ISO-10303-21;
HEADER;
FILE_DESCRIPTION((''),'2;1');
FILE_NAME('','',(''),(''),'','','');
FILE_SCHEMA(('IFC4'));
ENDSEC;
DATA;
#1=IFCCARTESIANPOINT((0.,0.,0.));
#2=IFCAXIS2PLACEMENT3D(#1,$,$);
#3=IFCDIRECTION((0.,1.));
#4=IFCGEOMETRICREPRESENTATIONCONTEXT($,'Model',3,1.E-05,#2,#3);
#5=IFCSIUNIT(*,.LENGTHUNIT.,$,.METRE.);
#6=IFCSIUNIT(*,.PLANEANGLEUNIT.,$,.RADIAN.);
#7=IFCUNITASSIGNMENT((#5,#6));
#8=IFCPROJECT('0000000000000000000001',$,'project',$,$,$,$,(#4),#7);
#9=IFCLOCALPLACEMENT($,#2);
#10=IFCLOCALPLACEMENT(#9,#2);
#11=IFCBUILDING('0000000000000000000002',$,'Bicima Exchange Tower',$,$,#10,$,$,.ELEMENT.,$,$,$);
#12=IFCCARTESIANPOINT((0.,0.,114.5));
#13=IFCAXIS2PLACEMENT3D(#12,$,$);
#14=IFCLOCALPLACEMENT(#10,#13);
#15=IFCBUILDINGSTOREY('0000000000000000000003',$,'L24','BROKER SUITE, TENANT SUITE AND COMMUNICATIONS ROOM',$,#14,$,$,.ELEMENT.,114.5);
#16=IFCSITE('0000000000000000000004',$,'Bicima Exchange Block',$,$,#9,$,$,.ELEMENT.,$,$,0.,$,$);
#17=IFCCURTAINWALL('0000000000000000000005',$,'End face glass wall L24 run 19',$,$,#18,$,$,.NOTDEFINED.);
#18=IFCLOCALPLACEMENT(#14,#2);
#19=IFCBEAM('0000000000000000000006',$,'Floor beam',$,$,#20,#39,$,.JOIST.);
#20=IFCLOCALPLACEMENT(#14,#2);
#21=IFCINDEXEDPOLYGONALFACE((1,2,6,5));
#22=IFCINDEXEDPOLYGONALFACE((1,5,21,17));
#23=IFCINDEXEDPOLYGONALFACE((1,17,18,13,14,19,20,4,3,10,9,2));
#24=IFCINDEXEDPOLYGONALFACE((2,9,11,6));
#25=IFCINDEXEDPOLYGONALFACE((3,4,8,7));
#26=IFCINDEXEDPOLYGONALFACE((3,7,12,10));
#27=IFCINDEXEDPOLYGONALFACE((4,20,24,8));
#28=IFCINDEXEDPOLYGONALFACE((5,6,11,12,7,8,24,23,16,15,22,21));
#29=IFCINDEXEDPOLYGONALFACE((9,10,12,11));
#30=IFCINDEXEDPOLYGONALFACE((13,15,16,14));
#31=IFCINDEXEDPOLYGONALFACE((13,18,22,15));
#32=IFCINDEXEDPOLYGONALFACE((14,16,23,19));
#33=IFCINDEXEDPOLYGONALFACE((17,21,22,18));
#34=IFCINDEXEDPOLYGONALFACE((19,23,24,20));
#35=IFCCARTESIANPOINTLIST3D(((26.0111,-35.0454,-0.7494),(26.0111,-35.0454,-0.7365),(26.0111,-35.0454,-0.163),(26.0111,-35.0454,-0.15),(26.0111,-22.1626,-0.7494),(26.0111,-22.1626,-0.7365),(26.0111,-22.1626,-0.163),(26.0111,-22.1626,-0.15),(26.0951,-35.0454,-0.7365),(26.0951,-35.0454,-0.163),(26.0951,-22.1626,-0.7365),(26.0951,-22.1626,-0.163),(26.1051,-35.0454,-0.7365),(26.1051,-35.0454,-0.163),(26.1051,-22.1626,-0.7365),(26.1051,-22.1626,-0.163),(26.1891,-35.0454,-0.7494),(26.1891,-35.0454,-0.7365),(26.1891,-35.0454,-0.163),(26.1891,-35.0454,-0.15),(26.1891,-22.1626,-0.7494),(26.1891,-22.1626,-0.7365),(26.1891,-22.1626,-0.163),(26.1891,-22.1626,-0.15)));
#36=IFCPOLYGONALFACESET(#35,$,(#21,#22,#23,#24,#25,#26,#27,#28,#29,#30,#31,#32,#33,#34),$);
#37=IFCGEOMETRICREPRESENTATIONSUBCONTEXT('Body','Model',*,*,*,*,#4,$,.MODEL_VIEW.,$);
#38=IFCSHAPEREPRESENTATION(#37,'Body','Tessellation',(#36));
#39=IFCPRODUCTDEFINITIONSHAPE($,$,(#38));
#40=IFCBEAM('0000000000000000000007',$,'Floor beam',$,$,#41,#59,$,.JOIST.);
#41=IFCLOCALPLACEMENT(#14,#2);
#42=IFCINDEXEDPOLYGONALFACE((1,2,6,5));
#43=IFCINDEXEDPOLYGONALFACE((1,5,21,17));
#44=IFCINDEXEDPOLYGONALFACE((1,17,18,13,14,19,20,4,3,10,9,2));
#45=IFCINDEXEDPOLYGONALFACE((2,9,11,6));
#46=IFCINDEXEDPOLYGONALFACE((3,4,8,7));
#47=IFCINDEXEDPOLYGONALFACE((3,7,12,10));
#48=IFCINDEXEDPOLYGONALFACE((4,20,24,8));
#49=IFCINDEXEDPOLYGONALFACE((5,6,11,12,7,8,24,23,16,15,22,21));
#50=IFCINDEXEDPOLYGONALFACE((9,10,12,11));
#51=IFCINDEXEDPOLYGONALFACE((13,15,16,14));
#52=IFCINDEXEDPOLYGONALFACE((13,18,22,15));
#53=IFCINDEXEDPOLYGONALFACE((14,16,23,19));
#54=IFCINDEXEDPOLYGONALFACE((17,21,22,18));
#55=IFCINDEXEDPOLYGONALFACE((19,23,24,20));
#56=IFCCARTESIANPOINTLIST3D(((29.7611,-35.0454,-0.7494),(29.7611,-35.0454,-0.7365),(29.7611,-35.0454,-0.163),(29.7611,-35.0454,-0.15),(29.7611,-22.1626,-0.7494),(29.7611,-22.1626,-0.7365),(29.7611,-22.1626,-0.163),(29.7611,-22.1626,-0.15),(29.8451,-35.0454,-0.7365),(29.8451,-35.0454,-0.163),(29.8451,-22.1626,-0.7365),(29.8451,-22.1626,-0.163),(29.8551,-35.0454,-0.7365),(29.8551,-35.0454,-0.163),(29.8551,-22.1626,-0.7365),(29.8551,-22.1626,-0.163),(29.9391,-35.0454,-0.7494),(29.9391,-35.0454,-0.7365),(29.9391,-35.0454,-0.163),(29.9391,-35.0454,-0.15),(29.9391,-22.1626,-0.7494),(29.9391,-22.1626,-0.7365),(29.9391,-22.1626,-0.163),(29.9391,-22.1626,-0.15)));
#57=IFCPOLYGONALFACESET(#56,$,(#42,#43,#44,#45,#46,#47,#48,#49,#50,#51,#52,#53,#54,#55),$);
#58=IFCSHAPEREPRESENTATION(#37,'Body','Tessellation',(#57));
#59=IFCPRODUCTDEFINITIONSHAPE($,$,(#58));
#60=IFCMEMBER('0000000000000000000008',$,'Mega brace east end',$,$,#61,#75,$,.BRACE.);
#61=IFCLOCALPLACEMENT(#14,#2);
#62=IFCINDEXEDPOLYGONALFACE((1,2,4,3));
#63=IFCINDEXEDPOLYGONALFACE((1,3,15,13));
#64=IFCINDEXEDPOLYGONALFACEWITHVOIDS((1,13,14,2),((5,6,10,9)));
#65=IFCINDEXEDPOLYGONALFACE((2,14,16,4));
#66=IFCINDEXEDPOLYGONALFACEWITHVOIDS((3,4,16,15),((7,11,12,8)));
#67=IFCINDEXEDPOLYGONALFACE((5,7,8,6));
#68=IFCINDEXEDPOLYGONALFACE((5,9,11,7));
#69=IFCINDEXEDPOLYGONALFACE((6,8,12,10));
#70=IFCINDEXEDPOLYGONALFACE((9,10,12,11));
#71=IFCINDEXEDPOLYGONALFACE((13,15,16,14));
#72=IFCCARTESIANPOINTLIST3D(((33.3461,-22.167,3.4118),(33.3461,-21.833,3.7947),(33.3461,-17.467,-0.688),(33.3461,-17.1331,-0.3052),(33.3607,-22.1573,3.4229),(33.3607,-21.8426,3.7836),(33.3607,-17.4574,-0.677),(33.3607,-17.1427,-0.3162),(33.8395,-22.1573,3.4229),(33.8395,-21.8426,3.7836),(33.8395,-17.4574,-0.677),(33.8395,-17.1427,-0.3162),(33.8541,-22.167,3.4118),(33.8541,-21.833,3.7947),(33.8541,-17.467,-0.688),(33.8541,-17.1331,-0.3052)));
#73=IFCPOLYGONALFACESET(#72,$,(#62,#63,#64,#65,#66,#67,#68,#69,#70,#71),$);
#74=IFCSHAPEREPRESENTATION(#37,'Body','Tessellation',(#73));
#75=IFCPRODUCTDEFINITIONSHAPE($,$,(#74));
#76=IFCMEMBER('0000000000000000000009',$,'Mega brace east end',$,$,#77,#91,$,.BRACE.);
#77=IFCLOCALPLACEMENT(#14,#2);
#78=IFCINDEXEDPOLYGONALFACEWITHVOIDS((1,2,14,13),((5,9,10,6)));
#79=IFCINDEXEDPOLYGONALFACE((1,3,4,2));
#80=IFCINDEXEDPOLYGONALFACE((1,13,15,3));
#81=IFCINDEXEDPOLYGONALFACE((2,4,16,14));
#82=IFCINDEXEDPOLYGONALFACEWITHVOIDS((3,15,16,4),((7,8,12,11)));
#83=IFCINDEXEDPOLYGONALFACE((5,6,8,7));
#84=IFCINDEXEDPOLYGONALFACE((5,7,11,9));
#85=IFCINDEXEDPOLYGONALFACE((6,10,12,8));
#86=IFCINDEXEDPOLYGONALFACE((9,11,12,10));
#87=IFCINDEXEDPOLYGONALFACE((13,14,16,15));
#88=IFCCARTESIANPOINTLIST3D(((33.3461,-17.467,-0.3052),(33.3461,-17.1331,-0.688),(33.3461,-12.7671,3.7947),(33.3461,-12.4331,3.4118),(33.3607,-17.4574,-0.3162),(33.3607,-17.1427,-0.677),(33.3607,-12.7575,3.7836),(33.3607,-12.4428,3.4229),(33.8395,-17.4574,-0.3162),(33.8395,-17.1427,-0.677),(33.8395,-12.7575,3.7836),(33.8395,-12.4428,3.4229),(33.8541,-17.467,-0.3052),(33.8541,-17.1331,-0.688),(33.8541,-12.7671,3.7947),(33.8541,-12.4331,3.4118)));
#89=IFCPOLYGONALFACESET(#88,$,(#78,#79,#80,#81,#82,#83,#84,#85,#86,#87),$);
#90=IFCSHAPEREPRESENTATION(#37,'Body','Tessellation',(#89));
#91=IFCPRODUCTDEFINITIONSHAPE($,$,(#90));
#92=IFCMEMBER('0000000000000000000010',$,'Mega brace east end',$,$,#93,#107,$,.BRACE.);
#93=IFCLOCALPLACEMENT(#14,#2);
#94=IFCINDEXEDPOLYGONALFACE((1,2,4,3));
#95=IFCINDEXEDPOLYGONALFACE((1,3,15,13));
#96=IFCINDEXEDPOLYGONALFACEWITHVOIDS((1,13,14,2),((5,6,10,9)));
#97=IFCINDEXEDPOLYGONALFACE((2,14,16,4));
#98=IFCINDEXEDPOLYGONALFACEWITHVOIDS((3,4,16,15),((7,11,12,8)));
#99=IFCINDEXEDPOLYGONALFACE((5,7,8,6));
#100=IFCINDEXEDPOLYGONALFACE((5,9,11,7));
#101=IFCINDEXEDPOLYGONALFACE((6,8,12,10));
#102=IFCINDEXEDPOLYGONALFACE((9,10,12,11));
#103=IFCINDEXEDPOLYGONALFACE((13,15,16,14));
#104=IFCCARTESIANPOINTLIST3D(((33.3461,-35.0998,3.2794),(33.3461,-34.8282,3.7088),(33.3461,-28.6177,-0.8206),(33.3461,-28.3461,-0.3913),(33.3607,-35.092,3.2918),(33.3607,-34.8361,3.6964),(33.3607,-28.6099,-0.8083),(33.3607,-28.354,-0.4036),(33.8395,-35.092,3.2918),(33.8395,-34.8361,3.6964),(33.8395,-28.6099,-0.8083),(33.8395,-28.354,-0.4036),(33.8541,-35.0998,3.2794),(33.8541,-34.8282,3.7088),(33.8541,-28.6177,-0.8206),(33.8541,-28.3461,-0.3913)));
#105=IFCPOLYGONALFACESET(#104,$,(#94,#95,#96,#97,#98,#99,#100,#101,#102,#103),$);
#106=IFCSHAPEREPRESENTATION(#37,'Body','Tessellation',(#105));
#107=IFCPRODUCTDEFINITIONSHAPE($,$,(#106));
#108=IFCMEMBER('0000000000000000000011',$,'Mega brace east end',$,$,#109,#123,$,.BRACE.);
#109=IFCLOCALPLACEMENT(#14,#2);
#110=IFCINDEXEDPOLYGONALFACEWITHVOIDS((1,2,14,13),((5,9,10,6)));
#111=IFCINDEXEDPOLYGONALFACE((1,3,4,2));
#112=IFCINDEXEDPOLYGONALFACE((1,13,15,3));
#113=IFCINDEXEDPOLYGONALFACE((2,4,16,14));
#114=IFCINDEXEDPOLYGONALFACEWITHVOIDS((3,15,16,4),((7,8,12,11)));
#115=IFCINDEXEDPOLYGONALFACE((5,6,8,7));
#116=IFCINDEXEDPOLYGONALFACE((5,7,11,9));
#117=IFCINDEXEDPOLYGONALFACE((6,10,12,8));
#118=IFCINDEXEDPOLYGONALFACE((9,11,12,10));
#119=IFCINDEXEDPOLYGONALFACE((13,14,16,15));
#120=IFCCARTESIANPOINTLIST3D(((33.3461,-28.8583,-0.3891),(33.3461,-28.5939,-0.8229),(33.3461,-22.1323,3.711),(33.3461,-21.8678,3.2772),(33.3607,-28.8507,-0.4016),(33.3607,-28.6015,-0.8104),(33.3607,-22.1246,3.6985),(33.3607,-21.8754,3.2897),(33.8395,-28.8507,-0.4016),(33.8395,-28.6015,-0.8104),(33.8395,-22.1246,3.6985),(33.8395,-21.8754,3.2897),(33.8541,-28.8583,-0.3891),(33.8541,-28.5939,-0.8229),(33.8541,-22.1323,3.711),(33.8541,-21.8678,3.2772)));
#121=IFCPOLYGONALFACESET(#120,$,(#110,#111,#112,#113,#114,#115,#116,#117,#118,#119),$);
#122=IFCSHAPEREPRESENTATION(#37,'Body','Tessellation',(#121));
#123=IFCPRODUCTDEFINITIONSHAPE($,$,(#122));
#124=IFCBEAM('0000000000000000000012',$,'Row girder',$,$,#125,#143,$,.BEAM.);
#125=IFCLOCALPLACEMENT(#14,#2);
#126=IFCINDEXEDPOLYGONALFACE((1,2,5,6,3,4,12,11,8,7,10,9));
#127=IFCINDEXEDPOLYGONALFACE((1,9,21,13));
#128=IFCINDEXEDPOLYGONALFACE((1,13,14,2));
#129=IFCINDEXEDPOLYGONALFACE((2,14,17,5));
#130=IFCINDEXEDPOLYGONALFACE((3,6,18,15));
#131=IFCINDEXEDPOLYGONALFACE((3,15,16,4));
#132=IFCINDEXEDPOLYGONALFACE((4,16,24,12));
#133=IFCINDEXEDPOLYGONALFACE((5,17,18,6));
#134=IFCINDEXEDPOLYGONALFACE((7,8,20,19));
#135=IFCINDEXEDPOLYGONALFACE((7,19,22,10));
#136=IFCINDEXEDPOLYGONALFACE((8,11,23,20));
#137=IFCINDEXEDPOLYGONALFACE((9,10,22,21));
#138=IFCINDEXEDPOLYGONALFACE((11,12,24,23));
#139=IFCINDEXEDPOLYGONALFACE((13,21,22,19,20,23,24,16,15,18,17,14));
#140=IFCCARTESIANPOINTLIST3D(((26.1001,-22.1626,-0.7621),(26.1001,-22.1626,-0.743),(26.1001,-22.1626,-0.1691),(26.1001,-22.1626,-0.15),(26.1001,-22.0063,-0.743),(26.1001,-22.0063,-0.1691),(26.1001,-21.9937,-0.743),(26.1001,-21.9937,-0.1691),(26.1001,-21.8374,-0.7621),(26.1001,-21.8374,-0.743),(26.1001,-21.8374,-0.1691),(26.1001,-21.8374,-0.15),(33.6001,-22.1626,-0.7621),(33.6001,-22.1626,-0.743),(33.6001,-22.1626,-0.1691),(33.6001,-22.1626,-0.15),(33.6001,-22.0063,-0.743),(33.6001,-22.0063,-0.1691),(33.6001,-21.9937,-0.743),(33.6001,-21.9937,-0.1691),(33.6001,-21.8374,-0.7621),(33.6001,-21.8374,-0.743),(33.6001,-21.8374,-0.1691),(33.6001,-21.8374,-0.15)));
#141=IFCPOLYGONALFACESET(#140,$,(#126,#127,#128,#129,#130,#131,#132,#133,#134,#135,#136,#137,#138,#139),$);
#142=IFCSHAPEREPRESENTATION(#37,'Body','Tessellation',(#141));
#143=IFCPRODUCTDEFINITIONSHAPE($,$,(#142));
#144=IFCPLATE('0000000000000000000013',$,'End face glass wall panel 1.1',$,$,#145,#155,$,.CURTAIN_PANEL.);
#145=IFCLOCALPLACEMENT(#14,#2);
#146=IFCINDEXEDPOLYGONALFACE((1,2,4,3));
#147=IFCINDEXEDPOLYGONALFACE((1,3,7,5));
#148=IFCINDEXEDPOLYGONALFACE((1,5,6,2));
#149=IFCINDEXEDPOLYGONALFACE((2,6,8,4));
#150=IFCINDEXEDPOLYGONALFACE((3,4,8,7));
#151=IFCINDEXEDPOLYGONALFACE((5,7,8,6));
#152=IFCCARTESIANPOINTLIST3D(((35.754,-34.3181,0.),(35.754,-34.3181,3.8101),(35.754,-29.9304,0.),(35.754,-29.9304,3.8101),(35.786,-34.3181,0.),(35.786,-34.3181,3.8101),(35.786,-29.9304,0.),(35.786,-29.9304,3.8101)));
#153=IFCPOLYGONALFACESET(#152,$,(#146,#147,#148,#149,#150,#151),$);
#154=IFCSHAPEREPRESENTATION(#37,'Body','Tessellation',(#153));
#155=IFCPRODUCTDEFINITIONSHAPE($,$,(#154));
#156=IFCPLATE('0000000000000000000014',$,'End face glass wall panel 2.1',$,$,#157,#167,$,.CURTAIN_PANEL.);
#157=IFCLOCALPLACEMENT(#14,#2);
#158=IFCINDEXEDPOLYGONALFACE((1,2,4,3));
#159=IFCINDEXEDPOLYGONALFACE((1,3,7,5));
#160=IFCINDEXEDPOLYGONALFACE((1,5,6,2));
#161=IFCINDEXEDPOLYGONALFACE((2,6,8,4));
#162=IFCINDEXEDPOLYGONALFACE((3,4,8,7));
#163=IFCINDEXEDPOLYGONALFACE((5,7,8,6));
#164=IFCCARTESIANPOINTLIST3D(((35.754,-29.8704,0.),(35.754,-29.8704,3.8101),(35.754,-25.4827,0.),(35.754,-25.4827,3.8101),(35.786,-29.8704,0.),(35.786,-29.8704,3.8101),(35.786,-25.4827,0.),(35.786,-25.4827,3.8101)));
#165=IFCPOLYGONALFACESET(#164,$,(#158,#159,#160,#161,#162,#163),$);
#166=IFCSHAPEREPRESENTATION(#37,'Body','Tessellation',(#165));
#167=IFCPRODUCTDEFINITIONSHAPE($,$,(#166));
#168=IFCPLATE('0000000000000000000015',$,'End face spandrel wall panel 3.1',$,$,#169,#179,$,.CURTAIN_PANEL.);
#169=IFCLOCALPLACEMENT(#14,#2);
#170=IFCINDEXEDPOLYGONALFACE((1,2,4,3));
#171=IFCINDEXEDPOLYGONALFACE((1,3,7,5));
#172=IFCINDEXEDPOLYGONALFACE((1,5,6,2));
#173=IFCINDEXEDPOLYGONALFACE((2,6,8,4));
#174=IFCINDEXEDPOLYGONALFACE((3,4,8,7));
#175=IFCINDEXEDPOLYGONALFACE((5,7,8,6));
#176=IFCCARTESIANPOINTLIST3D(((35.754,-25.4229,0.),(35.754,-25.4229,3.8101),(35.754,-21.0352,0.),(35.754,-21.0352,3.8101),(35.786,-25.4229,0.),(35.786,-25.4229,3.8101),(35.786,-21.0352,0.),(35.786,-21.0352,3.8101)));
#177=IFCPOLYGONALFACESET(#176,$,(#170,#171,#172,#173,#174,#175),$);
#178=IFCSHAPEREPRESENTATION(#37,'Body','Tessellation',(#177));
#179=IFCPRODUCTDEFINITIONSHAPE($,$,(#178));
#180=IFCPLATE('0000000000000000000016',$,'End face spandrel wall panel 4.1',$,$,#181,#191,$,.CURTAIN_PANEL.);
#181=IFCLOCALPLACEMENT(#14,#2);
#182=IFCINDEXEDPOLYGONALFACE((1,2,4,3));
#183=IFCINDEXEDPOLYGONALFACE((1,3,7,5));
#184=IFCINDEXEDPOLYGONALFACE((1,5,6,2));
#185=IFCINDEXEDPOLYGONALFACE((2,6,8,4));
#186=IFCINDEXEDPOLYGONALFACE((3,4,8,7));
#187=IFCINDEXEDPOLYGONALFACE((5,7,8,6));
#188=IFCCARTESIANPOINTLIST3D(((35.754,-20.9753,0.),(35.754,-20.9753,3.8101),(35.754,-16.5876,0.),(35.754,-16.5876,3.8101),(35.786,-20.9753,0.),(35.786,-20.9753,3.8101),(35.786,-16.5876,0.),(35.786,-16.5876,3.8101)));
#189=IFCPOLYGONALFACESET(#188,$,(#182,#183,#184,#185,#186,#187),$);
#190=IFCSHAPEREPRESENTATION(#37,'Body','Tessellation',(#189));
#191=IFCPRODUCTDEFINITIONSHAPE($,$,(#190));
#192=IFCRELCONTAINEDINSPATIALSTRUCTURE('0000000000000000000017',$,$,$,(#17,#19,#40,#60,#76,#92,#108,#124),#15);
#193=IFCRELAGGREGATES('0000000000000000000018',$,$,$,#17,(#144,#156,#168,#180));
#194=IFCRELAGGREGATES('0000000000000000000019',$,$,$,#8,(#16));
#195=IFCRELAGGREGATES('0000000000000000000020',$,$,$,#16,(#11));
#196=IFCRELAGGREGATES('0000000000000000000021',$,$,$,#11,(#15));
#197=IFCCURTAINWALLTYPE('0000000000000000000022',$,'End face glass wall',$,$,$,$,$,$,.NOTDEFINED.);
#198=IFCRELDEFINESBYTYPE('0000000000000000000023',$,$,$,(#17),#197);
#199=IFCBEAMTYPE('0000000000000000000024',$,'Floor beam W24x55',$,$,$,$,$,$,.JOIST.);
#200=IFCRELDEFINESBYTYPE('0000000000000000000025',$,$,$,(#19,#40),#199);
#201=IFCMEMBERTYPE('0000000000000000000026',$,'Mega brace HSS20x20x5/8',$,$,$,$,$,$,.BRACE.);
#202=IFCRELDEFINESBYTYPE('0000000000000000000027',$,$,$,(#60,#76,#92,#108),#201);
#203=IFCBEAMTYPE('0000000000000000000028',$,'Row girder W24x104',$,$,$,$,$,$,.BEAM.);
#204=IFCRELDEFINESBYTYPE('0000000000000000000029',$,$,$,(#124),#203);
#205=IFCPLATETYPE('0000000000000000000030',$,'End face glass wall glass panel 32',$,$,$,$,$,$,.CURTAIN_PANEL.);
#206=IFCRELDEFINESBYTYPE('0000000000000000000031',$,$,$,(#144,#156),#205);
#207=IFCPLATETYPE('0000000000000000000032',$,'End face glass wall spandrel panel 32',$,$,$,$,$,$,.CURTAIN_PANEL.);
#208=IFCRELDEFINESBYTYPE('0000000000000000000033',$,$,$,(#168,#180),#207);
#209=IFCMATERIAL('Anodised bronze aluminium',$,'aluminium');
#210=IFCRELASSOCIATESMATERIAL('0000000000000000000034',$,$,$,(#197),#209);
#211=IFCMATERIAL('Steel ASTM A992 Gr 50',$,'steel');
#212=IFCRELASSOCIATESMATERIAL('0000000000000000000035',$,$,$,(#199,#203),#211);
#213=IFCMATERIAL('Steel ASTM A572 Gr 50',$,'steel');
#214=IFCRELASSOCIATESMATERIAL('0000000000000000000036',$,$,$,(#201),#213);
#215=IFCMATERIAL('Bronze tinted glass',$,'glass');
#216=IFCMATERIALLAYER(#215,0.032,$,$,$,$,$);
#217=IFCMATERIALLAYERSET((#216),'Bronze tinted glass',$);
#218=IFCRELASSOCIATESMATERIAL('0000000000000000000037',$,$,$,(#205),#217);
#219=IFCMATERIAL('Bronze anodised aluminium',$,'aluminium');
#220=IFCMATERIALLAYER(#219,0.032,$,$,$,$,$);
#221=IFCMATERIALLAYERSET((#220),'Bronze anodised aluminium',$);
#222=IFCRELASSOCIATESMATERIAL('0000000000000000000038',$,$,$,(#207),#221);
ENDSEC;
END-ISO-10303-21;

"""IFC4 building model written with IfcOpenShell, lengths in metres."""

from ifc_helpers import new_model, si_unit, direction, frame, origin, origin_2d, place, context, subcontext, project, spatial, rectangle, hollow_rectangle, i_section, extrude, material, layer, layer_set, material_profile, profile_set, type_object, element, aggregate, save


model = new_model("IFC4")

# Units and contexts
model_context = context("Model", 3, precision=1e-05, world=origin(), true_north=direction((0.0, 1.0)))
body_context = subcontext(model_context, "Body", "Model", "MODEL_VIEW")
ifc_project = project(units=[si_unit("LENGTHUNIT", "METRE"), si_unit("PLANEANGLEUNIT", "RADIAN")], contexts=[model_context])

# Site, building, storey
site_placement = place(None, origin())
site = spatial("IfcSite", under=ifc_project, at=site_placement, Name="Bicima Exchange Block", CompositionType="ELEMENT", RefElevation=0.0)
building_placement = place(site_placement, origin())
building = spatial("IfcBuilding", under=site, at=building_placement, Name="Bicima Exchange Tower", CompositionType="ELEMENT")
storey_placement = place(building_placement, frame((0.0, 0.0, 114.5)))
storey = spatial("IfcBuildingStorey", under=building, at=storey_placement, Name="L24", Description="BROKER SUITE, TENANT SUITE AND COMMUNICATIONS ROOM", CompositionType="ELEMENT", Elevation=114.5)

# Shared definitions
ifc_material_1 = material(Name="Steel ASTM A992 Gr 50", Category="steel")

# Curtain wall
ifc_material_2 = material(Name="Anodised bronze aluminium", Category="aluminium")
curtain_wall_type = type_object("IfcCurtainWallType", Name="End face glass wall", PredefinedType="NOTDEFINED", material=ifc_material_2)
curtain_wall_placement = place(storey_placement, origin())
curtain_wall = element("IfcCurtainWall", 1, at=curtain_wall_placement, inside=storey, type_object=curtain_wall_type, Name="End face glass wall L24 run 19", PredefinedType="NOTDEFINED")

# Beams
ifc_material_profile_1 = material_profile(ifc_material_1, i_section(OverallWidth=0.178, OverallDepth=0.5994, WebThickness=0.01, FlangeThickness=0.0129, at=origin_2d()))
ifc_profile_set_1 = profile_set([ifc_material_profile_1], Name="Steel ASTM A992 Gr 50")
beam_type_1 = type_object("IfcBeamType", Name="Floor beam W24x55", PredefinedType="JOIST", material=ifc_profile_set_1)
for number, where, z_axis, x_axis, name in (
    (2, (26.1001, -22.1626, -0.4497), (0.0, -1.0, 0.0), (1.0, 0.0, 0.0), "Floor beam"),
    (3, (29.8501, -22.1626, -0.4497), (0.0, -1.0, 0.0), (1.0, 0.0, 0.0), "Floor beam"),
):
    element("IfcBeam", number, at=place(storey_placement, frame(where, z_axis=z_axis, x_axis=x_axis)), inside=storey, type_object=beam_type_1, Name=name, PredefinedType="JOIST", context=body_context, shape_type="SweptSolid", body=[
        extrude(i_section(OverallWidth=0.178, OverallDepth=0.5994, WebThickness=0.01, FlangeThickness=0.0129, at=origin_2d()), origin(), (0.0, 0.0, 1.0), 12.8828),
    ])

# Members
ifc_material_3 = material(Name="Steel ASTM A572 Gr 50", Category="steel")
ifc_material_profile_2 = material_profile(ifc_material_3, hollow_rectangle(XDim=0.5081, YDim=0.5081, WallThickness=0.0146, at=origin_2d()))
ifc_profile_set_2 = profile_set([ifc_material_profile_2], Name="Steel ASTM A572 Gr 50")
member_type_1 = type_object("IfcMemberType", Name="Mega brace HSS20x20x5/8", PredefinedType="BRACE", material=ifc_profile_set_2)
for number, where, z_axis, x_axis, name in (
    (4, (33.6001, -17.3, -0.4966), (0.0, -0.753577, 0.657359), (1.0, 0.0, 0.0), "Mega brace east end"),
    (5, (33.6001, -17.3, -0.4966), (0.0, 0.753577, 0.657359), (-1.0, 0.0, 0.0), "Mega brace east end"),
):
    element("IfcMember", number, at=place(storey_placement, frame(where, z_axis=z_axis, x_axis=x_axis)), inside=storey, type_object=member_type_1, Name=name, PredefinedType="BRACE", context=body_context, shape_type="SweptSolid", body=[
        extrude(hollow_rectangle(XDim=0.5081, YDim=0.5081, WallThickness=0.0146, at=origin_2d()), origin(), (0.0, 0.0, 1.0), 6.2368),
    ])
member_1_placement = place(storey_placement, frame((33.6001, -28.4819, -0.606), z_axis=(0.0, -0.84513, 0.534561), x_axis=(1.0, 0.0, 0.0)))
element("IfcMember", 6, at=member_1_placement, inside=storey, type_object=member_type_1, Name="Mega brace east end", PredefinedType="BRACE", context=body_context, shape_type="SweptSolid", body=[
    extrude(hollow_rectangle(XDim=0.5081, YDim=0.5081, WallThickness=0.0146, at=origin_2d()), origin(), (0.0, 0.0, 1.0), 7.6699),
])
member_2_placement = place(storey_placement, frame((33.6001, -28.7261, -0.606), z_axis=(0.0, 0.853862, 0.520499), x_axis=(-1.0, 0.0, 0.0)))
element("IfcMember", 7, at=member_2_placement, inside=storey, type_object=member_type_1, Name="Mega brace east end", PredefinedType="BRACE", context=body_context, shape_type="SweptSolid", body=[
    extrude(hollow_rectangle(XDim=0.5081, YDim=0.5081, WallThickness=0.0146, at=origin_2d()), origin(), (0.0, 0.0, 1.0), 7.8772),
])

# Beam
ifc_material_profile_3 = material_profile(ifc_material_1, i_section(OverallWidth=0.3252, OverallDepth=0.6121, WebThickness=0.0127, FlangeThickness=0.019, at=origin_2d()))
ifc_profile_set_3 = profile_set([ifc_material_profile_3], Name="Steel ASTM A992 Gr 50")
beam_type_2 = type_object("IfcBeamType", Name="Row girder W24x104", PredefinedType="BEAM", material=ifc_profile_set_3)
beam_1_placement = place(storey_placement, frame((26.1001, -22.0, -0.4561), z_axis=(1.0, 0.0, 0.0), x_axis=(0.0, 1.0, 0.0)))
element("IfcBeam", 8, at=beam_1_placement, inside=storey, type_object=beam_type_2, Name="Row girder", PredefinedType="BEAM", context=body_context, shape_type="SweptSolid", body=[
    extrude(i_section(OverallWidth=0.3252, OverallDepth=0.6121, WebThickness=0.0127, FlangeThickness=0.019, at=origin_2d()), origin(), (0.0, 0.0, 1.0), 7.5),
])

# Plates
ifc_material_4 = material(Name="Bronze tinted glass", Category="glass")
ifc_layer_1 = layer(ifc_material_4, 0.032)
ifc_layer_set_1 = layer_set([ifc_layer_1], Name="Bronze tinted glass")
plate_type_1 = type_object("IfcPlateType", Name="End face glass wall glass panel 32", PredefinedType="CURTAIN_PANEL", material=ifc_layer_set_1)
plate_1_placement = place(storey_placement, frame((35.77, -32.1243, 0.0), z_axis=(0.0, 0.0, 1.0), x_axis=(0.0, 1.0, 0.0)))
plate_1 = element("IfcPlate", 9, at=plate_1_placement, type_object=plate_type_1, Name="End face glass wall panel 1.1", PredefinedType="CURTAIN_PANEL", context=body_context, shape_type="SweptSolid", body=[
    extrude(rectangle(XDim=4.3877, YDim=0.032, at=origin_2d()), origin(), (0.0, 0.0, 1.0), 3.8101),
])
plate_2_placement = place(storey_placement, frame((35.77, -27.6765, 0.0), z_axis=(0.0, 0.0, 1.0), x_axis=(0.0, 1.0, 0.0)))
plate_2 = element("IfcPlate", 10, at=plate_2_placement, type_object=plate_type_1, Name="End face glass wall panel 2.1", PredefinedType="CURTAIN_PANEL", context=body_context, shape_type="SweptSolid", body=[
    extrude(rectangle(XDim=4.3877, YDim=0.032, at=origin_2d()), origin(), (0.0, 0.0, 1.0), 3.8101),
])
ifc_material_5 = material(Name="Bronze anodised aluminium", Category="aluminium")
ifc_layer_2 = layer(ifc_material_5, 0.032)
ifc_layer_set_2 = layer_set([ifc_layer_2], Name="Bronze anodised aluminium")
plate_type_2 = type_object("IfcPlateType", Name="End face glass wall spandrel panel 32", PredefinedType="CURTAIN_PANEL", material=ifc_layer_set_2)
plate_3_placement = place(storey_placement, frame((35.77, -23.229, 0.0), z_axis=(0.0, 0.0, 1.0), x_axis=(0.0, 1.0, 0.0)))
plate_3 = element("IfcPlate", 11, at=plate_3_placement, type_object=plate_type_2, Name="End face spandrel wall panel 3.1", PredefinedType="CURTAIN_PANEL", context=body_context, shape_type="SweptSolid", body=[
    extrude(rectangle(XDim=4.3877, YDim=0.032, at=origin_2d()), origin(), (0.0, 0.0, 1.0), 3.8101),
])
plate_4_placement = place(storey_placement, frame((35.77, -18.7815, 0.0), z_axis=(0.0, 0.0, 1.0), x_axis=(0.0, 1.0, 0.0)))
plate_4 = element("IfcPlate", 12, at=plate_4_placement, type_object=plate_type_2, Name="End face spandrel wall panel 4.1", PredefinedType="CURTAIN_PANEL", context=body_context, shape_type="SweptSolid", body=[
    extrude(rectangle(XDim=4.3877, YDim=0.032, at=origin_2d()), origin(), (0.0, 0.0, 1.0), 3.8101),
])
aggregate(curtain_wall, [plate_1, plate_2, plate_3, plate_4])

save(model, "model.ifc")
